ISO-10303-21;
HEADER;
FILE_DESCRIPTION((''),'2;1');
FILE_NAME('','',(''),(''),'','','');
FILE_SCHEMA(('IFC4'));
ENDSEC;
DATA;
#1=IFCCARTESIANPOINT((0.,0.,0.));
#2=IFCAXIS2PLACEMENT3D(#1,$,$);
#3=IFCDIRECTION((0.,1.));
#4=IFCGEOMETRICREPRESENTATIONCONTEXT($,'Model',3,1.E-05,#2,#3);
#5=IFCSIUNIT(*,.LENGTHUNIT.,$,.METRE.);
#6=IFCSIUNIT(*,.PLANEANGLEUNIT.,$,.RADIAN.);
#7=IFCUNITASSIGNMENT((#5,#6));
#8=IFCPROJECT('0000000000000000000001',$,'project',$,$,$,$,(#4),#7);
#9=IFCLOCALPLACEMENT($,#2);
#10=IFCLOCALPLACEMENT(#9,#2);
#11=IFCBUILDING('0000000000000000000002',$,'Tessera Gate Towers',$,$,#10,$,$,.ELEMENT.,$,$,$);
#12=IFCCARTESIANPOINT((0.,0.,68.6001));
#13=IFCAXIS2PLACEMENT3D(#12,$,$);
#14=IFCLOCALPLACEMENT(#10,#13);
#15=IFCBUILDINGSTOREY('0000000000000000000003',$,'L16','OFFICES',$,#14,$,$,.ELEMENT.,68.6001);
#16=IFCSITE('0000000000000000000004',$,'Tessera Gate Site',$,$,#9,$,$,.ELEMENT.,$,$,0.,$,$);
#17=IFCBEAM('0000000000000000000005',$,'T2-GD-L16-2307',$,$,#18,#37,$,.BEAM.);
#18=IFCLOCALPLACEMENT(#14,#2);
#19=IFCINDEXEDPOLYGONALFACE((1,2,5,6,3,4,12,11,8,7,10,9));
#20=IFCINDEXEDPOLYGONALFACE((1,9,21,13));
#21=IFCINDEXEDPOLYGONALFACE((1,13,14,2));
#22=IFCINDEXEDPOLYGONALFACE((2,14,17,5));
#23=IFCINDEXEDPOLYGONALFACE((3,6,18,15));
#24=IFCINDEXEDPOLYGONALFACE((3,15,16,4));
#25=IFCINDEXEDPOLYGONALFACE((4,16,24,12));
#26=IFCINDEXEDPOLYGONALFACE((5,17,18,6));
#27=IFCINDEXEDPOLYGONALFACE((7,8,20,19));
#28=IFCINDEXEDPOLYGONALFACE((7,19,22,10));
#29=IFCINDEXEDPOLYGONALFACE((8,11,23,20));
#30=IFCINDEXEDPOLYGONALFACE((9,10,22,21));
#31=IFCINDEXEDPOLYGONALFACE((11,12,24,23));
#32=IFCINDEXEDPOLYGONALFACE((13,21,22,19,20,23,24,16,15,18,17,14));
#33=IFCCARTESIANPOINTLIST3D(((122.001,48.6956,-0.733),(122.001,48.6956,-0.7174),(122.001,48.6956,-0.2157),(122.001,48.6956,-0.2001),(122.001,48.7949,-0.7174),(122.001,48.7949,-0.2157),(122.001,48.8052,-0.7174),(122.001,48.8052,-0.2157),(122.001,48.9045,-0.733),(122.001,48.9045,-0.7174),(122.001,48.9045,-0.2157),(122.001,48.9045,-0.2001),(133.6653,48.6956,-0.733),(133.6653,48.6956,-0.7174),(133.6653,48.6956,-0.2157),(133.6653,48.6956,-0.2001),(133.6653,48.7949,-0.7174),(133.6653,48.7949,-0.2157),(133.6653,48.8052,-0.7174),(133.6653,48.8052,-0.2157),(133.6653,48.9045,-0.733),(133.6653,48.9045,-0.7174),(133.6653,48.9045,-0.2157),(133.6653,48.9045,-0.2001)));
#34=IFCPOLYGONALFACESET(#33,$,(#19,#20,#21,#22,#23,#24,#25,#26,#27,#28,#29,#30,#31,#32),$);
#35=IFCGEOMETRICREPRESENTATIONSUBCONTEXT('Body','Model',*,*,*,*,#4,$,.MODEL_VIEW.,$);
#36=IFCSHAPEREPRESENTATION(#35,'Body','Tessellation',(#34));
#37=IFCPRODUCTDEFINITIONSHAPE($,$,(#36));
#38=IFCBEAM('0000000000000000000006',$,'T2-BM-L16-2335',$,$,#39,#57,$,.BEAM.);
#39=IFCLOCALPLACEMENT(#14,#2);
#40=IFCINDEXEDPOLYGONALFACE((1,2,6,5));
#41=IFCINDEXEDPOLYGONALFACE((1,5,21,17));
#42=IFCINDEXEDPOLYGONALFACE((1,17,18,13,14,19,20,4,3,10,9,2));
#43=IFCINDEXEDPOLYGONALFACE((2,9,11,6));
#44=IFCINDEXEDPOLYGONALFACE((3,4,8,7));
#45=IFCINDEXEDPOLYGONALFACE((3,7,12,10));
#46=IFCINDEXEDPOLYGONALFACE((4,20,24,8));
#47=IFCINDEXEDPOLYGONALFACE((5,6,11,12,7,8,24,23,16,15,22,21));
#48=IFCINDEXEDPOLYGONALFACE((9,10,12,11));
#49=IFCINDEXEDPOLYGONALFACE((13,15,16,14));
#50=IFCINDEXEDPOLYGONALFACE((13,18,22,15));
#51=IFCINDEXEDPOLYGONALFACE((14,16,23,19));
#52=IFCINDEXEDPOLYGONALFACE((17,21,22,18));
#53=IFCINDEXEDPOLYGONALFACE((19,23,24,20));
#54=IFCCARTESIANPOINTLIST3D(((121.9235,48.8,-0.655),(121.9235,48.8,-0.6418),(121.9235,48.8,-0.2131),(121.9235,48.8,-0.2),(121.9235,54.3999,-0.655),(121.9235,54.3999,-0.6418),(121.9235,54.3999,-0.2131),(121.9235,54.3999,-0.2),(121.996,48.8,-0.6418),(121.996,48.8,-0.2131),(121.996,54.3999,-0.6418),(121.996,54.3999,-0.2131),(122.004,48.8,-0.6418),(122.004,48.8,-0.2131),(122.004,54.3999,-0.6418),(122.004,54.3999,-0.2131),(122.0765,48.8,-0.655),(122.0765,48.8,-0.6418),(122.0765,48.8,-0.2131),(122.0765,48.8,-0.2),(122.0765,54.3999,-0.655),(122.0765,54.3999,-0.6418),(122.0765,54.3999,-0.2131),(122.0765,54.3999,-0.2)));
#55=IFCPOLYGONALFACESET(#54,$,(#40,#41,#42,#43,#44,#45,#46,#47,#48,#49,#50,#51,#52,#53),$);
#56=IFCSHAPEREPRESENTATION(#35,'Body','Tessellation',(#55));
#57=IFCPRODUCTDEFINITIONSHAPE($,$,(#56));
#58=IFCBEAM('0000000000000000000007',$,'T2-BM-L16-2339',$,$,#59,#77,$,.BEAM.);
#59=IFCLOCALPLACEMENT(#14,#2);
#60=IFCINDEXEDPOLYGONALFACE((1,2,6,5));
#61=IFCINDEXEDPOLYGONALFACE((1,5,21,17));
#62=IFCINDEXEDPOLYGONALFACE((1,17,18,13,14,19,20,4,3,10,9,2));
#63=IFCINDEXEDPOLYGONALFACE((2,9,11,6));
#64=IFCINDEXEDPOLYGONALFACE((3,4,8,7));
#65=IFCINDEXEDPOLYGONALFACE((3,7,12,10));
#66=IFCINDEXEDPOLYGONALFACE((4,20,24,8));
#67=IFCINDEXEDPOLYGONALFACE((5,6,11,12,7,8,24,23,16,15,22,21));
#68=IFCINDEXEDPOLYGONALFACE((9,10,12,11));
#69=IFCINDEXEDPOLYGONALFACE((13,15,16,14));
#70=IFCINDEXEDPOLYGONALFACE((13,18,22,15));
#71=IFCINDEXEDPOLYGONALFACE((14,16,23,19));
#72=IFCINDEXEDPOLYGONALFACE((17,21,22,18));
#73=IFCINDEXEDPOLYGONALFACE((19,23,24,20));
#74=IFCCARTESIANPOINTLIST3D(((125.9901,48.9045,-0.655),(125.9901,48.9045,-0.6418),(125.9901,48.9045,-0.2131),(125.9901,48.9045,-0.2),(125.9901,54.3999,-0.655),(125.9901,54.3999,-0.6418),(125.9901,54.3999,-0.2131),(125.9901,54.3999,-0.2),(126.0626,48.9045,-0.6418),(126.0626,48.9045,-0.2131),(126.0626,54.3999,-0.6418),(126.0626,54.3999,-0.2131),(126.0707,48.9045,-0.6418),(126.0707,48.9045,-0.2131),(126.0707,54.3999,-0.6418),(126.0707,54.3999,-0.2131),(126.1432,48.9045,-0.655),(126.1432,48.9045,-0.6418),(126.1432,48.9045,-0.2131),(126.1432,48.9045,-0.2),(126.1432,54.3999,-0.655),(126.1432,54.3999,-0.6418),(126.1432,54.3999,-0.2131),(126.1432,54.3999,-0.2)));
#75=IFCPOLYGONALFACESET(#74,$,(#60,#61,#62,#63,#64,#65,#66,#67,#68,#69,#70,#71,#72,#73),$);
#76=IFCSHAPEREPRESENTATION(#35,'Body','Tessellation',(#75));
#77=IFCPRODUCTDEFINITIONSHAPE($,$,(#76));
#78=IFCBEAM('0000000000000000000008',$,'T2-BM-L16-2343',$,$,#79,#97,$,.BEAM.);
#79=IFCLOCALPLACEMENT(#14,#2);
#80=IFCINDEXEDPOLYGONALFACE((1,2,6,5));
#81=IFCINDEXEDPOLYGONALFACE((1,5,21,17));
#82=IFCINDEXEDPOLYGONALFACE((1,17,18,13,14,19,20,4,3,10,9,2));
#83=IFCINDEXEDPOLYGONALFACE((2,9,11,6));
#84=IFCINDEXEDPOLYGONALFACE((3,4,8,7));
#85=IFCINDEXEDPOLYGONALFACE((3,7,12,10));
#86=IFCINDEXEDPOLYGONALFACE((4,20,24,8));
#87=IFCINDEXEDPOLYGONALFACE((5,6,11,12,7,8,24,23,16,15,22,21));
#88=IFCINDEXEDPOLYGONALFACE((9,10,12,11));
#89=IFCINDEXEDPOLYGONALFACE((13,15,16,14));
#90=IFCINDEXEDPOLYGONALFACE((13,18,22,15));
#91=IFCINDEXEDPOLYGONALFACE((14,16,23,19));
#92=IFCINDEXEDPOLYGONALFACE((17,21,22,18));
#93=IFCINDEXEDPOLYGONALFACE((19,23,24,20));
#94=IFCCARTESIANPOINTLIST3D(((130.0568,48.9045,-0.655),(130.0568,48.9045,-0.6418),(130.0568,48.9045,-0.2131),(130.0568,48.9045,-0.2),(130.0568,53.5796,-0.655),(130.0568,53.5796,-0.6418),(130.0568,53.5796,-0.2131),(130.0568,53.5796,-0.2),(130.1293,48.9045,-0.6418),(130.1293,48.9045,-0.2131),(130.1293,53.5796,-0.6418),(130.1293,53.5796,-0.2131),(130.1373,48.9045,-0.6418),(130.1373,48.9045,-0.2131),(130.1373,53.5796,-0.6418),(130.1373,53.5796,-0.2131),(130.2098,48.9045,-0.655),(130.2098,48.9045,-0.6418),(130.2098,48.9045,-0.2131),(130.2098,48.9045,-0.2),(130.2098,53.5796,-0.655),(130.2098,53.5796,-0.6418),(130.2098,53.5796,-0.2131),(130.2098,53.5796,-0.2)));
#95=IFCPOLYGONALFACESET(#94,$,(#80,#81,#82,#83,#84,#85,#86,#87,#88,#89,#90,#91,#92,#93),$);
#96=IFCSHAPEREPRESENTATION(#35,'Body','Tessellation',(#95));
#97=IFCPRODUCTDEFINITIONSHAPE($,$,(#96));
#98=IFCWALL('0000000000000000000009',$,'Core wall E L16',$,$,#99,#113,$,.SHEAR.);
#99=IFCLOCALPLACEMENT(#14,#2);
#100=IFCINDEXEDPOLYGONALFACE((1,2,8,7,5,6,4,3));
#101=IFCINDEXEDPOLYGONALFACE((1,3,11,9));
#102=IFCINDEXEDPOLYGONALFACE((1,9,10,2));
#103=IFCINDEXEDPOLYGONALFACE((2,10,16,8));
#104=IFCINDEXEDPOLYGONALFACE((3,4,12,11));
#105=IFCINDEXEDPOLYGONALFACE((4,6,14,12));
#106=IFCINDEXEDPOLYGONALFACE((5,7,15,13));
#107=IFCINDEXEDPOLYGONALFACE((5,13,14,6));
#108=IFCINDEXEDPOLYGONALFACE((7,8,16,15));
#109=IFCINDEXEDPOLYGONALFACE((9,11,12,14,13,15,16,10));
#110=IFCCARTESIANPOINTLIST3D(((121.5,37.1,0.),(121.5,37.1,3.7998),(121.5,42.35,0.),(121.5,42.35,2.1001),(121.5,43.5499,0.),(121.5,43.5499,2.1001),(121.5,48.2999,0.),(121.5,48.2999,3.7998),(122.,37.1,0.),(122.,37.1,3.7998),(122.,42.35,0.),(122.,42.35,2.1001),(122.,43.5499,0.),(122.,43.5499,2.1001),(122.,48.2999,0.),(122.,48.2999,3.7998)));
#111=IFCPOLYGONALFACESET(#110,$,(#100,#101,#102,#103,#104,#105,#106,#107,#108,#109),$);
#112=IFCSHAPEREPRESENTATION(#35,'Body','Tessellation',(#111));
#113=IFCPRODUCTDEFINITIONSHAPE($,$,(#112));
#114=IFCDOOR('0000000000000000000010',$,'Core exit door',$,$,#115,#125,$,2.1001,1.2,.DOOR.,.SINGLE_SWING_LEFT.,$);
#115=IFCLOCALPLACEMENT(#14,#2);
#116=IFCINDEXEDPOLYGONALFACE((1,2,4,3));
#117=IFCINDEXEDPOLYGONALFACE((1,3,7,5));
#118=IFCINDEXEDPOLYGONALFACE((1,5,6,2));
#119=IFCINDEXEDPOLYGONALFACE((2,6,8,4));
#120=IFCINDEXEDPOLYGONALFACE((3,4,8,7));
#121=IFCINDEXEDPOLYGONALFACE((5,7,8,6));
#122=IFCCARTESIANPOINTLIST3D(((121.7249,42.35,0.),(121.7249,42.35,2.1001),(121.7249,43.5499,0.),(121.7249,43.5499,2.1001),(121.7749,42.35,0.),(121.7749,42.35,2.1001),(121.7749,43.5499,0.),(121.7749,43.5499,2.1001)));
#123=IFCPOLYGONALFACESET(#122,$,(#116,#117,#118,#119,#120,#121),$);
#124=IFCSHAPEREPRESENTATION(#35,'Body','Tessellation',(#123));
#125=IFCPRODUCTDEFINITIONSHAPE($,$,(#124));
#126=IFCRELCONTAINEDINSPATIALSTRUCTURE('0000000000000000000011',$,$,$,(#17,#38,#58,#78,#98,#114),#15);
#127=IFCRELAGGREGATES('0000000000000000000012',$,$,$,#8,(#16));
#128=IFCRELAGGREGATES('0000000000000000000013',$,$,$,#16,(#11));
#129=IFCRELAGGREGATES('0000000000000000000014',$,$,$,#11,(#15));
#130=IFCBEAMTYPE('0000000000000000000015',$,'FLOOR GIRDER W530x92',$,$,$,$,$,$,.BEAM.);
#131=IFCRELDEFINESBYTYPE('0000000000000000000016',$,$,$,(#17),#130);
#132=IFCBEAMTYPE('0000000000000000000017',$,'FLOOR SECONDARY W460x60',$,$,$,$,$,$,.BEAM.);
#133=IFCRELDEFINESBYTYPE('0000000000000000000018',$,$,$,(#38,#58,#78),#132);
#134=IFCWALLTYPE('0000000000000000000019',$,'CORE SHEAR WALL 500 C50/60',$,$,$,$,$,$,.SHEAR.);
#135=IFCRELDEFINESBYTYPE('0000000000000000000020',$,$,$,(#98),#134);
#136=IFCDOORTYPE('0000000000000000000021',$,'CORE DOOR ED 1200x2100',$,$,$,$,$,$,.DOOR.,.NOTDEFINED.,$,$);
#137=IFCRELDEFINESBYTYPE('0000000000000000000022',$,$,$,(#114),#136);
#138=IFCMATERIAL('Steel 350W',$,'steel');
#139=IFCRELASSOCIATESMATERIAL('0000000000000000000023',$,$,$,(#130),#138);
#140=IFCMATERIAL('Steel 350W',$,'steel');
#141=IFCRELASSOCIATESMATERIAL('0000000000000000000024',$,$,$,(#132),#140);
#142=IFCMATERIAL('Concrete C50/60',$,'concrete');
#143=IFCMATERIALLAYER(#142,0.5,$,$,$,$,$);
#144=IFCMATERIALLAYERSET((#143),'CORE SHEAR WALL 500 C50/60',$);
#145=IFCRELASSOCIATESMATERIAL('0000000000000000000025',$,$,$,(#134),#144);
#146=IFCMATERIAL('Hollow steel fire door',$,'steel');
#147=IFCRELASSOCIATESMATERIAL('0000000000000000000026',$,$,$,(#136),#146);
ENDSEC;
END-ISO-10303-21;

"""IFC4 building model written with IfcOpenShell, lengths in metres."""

from ifc_helpers import new_model, si_unit, direction, frame, frame_2d, origin, origin_2d, place, context, subcontext, project, spatial, rectangle, i_section, extrude, source, transform, mapped, material, layer, layer_set, material_profile, profile_set, type_object, element, fill, save


model = new_model("IFC4")

# Units and contexts
model_context = context("Model", 3, precision=1e-05, world=origin(), true_north=direction((0.0, 1.0)))
body_context = subcontext(model_context, "Body", "Model", "MODEL_VIEW")
ifc_project = project(units=[si_unit("LENGTHUNIT", "METRE"), si_unit("PLANEANGLEUNIT", "RADIAN")], contexts=[model_context])

# Site, building, storey
site_placement = place(None, origin())
site = spatial("IfcSite", under=ifc_project, at=site_placement, Name="Tessera Gate Site", CompositionType="ELEMENT", RefElevation=0.0)
building_placement = place(site_placement, origin())
building = spatial("IfcBuilding", under=site, at=building_placement, Name="Tessera Gate Towers", CompositionType="ELEMENT")
storey_placement = place(building_placement, frame((0.0, 0.0, 68.6001)))
storey = spatial("IfcBuildingStorey", under=building, at=storey_placement, Name="L16", Description="OFFICES", CompositionType="ELEMENT", Elevation=68.6001)

# Beams
ifc_material_1 = material(Name="Steel 350W", Category="steel")
ifc_material_profile_1 = material_profile(ifc_material_1, i_section(OverallWidth=0.209, OverallDepth=0.533, WebThickness=0.0103, FlangeThickness=0.0156, at=origin_2d()), Name="W530x92")
ifc_profile_set_1 = profile_set([ifc_material_profile_1], Name="Steel 350W")
beam_type_1 = type_object("IfcBeamType", Name="FLOOR GIRDER W530x92", PredefinedType="BEAM", material=ifc_profile_set_1)
beam_1_placement = place(storey_placement, frame((122.001, 48.8, -0.4666), z_axis=(1.0, 0.0, 0.0), x_axis=(0.0, 1.0, 0.0)))
element("IfcBeam", 1, at=beam_1_placement, inside=storey, type_object=beam_type_1, Name="T2-GD-L16-2307", PredefinedType="BEAM", context=body_context, shape_type="SweptSolid", body=[
    extrude(i_section(OverallWidth=0.209, OverallDepth=0.533, WebThickness=0.0103, FlangeThickness=0.0156, at=origin_2d()), origin(), (0.0, 0.0, 1.0), 11.6643),
])
ifc_material_2 = material(Name="Steel 350W", Category="steel")
ifc_material_profile_2 = material_profile(ifc_material_2, i_section(OverallWidth=0.1531, OverallDepth=0.4551, WebThickness=0.0081, FlangeThickness=0.0132, at=origin_2d()), Name="W460x60")
ifc_profile_set_2 = profile_set([ifc_material_profile_2], Name="Steel 350W")
beam_type_2 = type_object("IfcBeamType", Name="FLOOR SECONDARY W460x60", PredefinedType="BEAM", material=ifc_profile_set_2)
beam_2_placement = place(storey_placement, frame((122.0, 48.8, -0.4275), z_axis=(0.0, 1.0, 0.0), x_axis=(-1.0, 0.0, 0.0)))
element("IfcBeam", 2, at=beam_2_placement, inside=storey, type_object=beam_type_2, Name="T2-BM-L16-2335", PredefinedType="BEAM", context=body_context, shape_type="SweptSolid", body=[
    extrude(i_section(OverallWidth=0.1531, OverallDepth=0.4551, WebThickness=0.0081, FlangeThickness=0.0132, at=origin_2d()), origin(), (0.0, 0.0, 1.0), 5.5999),
])
beam_3_placement = place(storey_placement, frame((126.0667, 48.9045, -0.4275), z_axis=(0.0, 1.0, 0.0), x_axis=(-1.0, 0.0, 0.0)))
element("IfcBeam", 3, at=beam_3_placement, inside=storey, type_object=beam_type_2, Name="T2-BM-L16-2339", PredefinedType="BEAM", context=body_context, shape_type="SweptSolid", body=[
    extrude(i_section(OverallWidth=0.1531, OverallDepth=0.4551, WebThickness=0.0081, FlangeThickness=0.0132, at=origin_2d()), origin(), (0.0, 0.0, 1.0), 5.4954),
])
beam_4_placement = place(storey_placement, frame((130.1333, 48.9045, -0.4275), z_axis=(0.0, 1.0, 0.0), x_axis=(-1.0, 0.0, 0.0)))
element("IfcBeam", 4, at=beam_4_placement, inside=storey, type_object=beam_type_2, Name="T2-BM-L16-2343", PredefinedType="BEAM", context=body_context, shape_type="SweptSolid", body=[
    extrude(i_section(OverallWidth=0.1531, OverallDepth=0.4551, WebThickness=0.0081, FlangeThickness=0.0132, at=origin_2d()), origin(), (0.0, 0.0, 1.0), 4.675),
])

# Wall, opening, door
ifc_material_3 = material(Name="Concrete C50/60", Category="concrete")
ifc_layer_1 = layer(ifc_material_3, 0.5)
ifc_layer_set_1 = layer_set([ifc_layer_1], Name="CORE SHEAR WALL 500 C50/60")
wall_type_1 = type_object("IfcWallType", Name="CORE SHEAR WALL 500 C50/60", PredefinedType="SHEAR", material=ifc_layer_set_1)
wall_1_placement = place(storey_placement, frame((121.75, 48.3, 0.0), z_axis=(0.0, 0.0, 1.0), x_axis=(0.0, -1.0, 0.0)))
wall_1 = element("IfcWall", 5, at=wall_1_placement, inside=storey, type_object=wall_type_1, Name="Core wall E L16", PredefinedType="SHEAR", context=body_context, shape_type="SweptSolid", body=[
    extrude(rectangle(XDim=11.2, YDim=0.5, at=frame_2d((5.6001, 0.0))), origin(), (0.0, 0.0, 1.0), 3.7998),
])
shared_shape_1 = source(origin(), body_context, "Body", "SweptSolid", [
    extrude(rectangle(XDim=1.2, YDim=2.1001, at=frame_2d((0.6001, 1.05))), frame((0.0, 0.26, 0.0), z_axis=(0.0, -1.0, 0.0), x_axis=(1.0, 0.0, 0.0)), (0.0, 0.0, 1.0), 0.52),
])
opening_1_placement = place(wall_1_placement, frame((4.75, 0.0, 0.0)))
opening_1 = element("IfcOpeningElement", 6, at=opening_1_placement, cuts=wall_1, PredefinedType="OPENING", context=body_context, shape_type="MappedRepresentation", body=[
    mapped(shared_shape_1, transform((0.0, 0.0, 0.0), scale=1.0)),
])
ifc_material_4 = material(Name="Hollow steel fire door", Category="steel")
door_type_1 = type_object("IfcDoorType", Name="CORE DOOR ED 1200x2100", OperationType="NOTDEFINED", PredefinedType="DOOR", material=ifc_material_4)
shared_shape_2 = source(origin(), body_context, "Body", "SweptSolid", [
    extrude(rectangle(XDim=1.2, YDim=2.1001, at=frame_2d((0.6001, 1.05))), frame((0.0, 0.0249, 0.0), z_axis=(0.0, -1.0, 0.0), x_axis=(1.0, 0.0, 0.0)), (0.0, 0.0, 1.0), 0.05),
])
door_1_placement = place(opening_1_placement, origin())
door_1 = element("IfcDoor", 7, at=door_1_placement, inside=storey, type_object=door_type_1, Name="Core exit door", OperationType="SINGLE_SWING_LEFT", OverallHeight=2.1001, OverallWidth=1.2, PredefinedType="DOOR", context=body_context, shape_type="MappedRepresentation", body=[
    mapped(shared_shape_2, transform((0.0, 0.0, 0.0), scale=1.0)),
])
fill(opening_1, door_1)

save(model, "model.ifc")
